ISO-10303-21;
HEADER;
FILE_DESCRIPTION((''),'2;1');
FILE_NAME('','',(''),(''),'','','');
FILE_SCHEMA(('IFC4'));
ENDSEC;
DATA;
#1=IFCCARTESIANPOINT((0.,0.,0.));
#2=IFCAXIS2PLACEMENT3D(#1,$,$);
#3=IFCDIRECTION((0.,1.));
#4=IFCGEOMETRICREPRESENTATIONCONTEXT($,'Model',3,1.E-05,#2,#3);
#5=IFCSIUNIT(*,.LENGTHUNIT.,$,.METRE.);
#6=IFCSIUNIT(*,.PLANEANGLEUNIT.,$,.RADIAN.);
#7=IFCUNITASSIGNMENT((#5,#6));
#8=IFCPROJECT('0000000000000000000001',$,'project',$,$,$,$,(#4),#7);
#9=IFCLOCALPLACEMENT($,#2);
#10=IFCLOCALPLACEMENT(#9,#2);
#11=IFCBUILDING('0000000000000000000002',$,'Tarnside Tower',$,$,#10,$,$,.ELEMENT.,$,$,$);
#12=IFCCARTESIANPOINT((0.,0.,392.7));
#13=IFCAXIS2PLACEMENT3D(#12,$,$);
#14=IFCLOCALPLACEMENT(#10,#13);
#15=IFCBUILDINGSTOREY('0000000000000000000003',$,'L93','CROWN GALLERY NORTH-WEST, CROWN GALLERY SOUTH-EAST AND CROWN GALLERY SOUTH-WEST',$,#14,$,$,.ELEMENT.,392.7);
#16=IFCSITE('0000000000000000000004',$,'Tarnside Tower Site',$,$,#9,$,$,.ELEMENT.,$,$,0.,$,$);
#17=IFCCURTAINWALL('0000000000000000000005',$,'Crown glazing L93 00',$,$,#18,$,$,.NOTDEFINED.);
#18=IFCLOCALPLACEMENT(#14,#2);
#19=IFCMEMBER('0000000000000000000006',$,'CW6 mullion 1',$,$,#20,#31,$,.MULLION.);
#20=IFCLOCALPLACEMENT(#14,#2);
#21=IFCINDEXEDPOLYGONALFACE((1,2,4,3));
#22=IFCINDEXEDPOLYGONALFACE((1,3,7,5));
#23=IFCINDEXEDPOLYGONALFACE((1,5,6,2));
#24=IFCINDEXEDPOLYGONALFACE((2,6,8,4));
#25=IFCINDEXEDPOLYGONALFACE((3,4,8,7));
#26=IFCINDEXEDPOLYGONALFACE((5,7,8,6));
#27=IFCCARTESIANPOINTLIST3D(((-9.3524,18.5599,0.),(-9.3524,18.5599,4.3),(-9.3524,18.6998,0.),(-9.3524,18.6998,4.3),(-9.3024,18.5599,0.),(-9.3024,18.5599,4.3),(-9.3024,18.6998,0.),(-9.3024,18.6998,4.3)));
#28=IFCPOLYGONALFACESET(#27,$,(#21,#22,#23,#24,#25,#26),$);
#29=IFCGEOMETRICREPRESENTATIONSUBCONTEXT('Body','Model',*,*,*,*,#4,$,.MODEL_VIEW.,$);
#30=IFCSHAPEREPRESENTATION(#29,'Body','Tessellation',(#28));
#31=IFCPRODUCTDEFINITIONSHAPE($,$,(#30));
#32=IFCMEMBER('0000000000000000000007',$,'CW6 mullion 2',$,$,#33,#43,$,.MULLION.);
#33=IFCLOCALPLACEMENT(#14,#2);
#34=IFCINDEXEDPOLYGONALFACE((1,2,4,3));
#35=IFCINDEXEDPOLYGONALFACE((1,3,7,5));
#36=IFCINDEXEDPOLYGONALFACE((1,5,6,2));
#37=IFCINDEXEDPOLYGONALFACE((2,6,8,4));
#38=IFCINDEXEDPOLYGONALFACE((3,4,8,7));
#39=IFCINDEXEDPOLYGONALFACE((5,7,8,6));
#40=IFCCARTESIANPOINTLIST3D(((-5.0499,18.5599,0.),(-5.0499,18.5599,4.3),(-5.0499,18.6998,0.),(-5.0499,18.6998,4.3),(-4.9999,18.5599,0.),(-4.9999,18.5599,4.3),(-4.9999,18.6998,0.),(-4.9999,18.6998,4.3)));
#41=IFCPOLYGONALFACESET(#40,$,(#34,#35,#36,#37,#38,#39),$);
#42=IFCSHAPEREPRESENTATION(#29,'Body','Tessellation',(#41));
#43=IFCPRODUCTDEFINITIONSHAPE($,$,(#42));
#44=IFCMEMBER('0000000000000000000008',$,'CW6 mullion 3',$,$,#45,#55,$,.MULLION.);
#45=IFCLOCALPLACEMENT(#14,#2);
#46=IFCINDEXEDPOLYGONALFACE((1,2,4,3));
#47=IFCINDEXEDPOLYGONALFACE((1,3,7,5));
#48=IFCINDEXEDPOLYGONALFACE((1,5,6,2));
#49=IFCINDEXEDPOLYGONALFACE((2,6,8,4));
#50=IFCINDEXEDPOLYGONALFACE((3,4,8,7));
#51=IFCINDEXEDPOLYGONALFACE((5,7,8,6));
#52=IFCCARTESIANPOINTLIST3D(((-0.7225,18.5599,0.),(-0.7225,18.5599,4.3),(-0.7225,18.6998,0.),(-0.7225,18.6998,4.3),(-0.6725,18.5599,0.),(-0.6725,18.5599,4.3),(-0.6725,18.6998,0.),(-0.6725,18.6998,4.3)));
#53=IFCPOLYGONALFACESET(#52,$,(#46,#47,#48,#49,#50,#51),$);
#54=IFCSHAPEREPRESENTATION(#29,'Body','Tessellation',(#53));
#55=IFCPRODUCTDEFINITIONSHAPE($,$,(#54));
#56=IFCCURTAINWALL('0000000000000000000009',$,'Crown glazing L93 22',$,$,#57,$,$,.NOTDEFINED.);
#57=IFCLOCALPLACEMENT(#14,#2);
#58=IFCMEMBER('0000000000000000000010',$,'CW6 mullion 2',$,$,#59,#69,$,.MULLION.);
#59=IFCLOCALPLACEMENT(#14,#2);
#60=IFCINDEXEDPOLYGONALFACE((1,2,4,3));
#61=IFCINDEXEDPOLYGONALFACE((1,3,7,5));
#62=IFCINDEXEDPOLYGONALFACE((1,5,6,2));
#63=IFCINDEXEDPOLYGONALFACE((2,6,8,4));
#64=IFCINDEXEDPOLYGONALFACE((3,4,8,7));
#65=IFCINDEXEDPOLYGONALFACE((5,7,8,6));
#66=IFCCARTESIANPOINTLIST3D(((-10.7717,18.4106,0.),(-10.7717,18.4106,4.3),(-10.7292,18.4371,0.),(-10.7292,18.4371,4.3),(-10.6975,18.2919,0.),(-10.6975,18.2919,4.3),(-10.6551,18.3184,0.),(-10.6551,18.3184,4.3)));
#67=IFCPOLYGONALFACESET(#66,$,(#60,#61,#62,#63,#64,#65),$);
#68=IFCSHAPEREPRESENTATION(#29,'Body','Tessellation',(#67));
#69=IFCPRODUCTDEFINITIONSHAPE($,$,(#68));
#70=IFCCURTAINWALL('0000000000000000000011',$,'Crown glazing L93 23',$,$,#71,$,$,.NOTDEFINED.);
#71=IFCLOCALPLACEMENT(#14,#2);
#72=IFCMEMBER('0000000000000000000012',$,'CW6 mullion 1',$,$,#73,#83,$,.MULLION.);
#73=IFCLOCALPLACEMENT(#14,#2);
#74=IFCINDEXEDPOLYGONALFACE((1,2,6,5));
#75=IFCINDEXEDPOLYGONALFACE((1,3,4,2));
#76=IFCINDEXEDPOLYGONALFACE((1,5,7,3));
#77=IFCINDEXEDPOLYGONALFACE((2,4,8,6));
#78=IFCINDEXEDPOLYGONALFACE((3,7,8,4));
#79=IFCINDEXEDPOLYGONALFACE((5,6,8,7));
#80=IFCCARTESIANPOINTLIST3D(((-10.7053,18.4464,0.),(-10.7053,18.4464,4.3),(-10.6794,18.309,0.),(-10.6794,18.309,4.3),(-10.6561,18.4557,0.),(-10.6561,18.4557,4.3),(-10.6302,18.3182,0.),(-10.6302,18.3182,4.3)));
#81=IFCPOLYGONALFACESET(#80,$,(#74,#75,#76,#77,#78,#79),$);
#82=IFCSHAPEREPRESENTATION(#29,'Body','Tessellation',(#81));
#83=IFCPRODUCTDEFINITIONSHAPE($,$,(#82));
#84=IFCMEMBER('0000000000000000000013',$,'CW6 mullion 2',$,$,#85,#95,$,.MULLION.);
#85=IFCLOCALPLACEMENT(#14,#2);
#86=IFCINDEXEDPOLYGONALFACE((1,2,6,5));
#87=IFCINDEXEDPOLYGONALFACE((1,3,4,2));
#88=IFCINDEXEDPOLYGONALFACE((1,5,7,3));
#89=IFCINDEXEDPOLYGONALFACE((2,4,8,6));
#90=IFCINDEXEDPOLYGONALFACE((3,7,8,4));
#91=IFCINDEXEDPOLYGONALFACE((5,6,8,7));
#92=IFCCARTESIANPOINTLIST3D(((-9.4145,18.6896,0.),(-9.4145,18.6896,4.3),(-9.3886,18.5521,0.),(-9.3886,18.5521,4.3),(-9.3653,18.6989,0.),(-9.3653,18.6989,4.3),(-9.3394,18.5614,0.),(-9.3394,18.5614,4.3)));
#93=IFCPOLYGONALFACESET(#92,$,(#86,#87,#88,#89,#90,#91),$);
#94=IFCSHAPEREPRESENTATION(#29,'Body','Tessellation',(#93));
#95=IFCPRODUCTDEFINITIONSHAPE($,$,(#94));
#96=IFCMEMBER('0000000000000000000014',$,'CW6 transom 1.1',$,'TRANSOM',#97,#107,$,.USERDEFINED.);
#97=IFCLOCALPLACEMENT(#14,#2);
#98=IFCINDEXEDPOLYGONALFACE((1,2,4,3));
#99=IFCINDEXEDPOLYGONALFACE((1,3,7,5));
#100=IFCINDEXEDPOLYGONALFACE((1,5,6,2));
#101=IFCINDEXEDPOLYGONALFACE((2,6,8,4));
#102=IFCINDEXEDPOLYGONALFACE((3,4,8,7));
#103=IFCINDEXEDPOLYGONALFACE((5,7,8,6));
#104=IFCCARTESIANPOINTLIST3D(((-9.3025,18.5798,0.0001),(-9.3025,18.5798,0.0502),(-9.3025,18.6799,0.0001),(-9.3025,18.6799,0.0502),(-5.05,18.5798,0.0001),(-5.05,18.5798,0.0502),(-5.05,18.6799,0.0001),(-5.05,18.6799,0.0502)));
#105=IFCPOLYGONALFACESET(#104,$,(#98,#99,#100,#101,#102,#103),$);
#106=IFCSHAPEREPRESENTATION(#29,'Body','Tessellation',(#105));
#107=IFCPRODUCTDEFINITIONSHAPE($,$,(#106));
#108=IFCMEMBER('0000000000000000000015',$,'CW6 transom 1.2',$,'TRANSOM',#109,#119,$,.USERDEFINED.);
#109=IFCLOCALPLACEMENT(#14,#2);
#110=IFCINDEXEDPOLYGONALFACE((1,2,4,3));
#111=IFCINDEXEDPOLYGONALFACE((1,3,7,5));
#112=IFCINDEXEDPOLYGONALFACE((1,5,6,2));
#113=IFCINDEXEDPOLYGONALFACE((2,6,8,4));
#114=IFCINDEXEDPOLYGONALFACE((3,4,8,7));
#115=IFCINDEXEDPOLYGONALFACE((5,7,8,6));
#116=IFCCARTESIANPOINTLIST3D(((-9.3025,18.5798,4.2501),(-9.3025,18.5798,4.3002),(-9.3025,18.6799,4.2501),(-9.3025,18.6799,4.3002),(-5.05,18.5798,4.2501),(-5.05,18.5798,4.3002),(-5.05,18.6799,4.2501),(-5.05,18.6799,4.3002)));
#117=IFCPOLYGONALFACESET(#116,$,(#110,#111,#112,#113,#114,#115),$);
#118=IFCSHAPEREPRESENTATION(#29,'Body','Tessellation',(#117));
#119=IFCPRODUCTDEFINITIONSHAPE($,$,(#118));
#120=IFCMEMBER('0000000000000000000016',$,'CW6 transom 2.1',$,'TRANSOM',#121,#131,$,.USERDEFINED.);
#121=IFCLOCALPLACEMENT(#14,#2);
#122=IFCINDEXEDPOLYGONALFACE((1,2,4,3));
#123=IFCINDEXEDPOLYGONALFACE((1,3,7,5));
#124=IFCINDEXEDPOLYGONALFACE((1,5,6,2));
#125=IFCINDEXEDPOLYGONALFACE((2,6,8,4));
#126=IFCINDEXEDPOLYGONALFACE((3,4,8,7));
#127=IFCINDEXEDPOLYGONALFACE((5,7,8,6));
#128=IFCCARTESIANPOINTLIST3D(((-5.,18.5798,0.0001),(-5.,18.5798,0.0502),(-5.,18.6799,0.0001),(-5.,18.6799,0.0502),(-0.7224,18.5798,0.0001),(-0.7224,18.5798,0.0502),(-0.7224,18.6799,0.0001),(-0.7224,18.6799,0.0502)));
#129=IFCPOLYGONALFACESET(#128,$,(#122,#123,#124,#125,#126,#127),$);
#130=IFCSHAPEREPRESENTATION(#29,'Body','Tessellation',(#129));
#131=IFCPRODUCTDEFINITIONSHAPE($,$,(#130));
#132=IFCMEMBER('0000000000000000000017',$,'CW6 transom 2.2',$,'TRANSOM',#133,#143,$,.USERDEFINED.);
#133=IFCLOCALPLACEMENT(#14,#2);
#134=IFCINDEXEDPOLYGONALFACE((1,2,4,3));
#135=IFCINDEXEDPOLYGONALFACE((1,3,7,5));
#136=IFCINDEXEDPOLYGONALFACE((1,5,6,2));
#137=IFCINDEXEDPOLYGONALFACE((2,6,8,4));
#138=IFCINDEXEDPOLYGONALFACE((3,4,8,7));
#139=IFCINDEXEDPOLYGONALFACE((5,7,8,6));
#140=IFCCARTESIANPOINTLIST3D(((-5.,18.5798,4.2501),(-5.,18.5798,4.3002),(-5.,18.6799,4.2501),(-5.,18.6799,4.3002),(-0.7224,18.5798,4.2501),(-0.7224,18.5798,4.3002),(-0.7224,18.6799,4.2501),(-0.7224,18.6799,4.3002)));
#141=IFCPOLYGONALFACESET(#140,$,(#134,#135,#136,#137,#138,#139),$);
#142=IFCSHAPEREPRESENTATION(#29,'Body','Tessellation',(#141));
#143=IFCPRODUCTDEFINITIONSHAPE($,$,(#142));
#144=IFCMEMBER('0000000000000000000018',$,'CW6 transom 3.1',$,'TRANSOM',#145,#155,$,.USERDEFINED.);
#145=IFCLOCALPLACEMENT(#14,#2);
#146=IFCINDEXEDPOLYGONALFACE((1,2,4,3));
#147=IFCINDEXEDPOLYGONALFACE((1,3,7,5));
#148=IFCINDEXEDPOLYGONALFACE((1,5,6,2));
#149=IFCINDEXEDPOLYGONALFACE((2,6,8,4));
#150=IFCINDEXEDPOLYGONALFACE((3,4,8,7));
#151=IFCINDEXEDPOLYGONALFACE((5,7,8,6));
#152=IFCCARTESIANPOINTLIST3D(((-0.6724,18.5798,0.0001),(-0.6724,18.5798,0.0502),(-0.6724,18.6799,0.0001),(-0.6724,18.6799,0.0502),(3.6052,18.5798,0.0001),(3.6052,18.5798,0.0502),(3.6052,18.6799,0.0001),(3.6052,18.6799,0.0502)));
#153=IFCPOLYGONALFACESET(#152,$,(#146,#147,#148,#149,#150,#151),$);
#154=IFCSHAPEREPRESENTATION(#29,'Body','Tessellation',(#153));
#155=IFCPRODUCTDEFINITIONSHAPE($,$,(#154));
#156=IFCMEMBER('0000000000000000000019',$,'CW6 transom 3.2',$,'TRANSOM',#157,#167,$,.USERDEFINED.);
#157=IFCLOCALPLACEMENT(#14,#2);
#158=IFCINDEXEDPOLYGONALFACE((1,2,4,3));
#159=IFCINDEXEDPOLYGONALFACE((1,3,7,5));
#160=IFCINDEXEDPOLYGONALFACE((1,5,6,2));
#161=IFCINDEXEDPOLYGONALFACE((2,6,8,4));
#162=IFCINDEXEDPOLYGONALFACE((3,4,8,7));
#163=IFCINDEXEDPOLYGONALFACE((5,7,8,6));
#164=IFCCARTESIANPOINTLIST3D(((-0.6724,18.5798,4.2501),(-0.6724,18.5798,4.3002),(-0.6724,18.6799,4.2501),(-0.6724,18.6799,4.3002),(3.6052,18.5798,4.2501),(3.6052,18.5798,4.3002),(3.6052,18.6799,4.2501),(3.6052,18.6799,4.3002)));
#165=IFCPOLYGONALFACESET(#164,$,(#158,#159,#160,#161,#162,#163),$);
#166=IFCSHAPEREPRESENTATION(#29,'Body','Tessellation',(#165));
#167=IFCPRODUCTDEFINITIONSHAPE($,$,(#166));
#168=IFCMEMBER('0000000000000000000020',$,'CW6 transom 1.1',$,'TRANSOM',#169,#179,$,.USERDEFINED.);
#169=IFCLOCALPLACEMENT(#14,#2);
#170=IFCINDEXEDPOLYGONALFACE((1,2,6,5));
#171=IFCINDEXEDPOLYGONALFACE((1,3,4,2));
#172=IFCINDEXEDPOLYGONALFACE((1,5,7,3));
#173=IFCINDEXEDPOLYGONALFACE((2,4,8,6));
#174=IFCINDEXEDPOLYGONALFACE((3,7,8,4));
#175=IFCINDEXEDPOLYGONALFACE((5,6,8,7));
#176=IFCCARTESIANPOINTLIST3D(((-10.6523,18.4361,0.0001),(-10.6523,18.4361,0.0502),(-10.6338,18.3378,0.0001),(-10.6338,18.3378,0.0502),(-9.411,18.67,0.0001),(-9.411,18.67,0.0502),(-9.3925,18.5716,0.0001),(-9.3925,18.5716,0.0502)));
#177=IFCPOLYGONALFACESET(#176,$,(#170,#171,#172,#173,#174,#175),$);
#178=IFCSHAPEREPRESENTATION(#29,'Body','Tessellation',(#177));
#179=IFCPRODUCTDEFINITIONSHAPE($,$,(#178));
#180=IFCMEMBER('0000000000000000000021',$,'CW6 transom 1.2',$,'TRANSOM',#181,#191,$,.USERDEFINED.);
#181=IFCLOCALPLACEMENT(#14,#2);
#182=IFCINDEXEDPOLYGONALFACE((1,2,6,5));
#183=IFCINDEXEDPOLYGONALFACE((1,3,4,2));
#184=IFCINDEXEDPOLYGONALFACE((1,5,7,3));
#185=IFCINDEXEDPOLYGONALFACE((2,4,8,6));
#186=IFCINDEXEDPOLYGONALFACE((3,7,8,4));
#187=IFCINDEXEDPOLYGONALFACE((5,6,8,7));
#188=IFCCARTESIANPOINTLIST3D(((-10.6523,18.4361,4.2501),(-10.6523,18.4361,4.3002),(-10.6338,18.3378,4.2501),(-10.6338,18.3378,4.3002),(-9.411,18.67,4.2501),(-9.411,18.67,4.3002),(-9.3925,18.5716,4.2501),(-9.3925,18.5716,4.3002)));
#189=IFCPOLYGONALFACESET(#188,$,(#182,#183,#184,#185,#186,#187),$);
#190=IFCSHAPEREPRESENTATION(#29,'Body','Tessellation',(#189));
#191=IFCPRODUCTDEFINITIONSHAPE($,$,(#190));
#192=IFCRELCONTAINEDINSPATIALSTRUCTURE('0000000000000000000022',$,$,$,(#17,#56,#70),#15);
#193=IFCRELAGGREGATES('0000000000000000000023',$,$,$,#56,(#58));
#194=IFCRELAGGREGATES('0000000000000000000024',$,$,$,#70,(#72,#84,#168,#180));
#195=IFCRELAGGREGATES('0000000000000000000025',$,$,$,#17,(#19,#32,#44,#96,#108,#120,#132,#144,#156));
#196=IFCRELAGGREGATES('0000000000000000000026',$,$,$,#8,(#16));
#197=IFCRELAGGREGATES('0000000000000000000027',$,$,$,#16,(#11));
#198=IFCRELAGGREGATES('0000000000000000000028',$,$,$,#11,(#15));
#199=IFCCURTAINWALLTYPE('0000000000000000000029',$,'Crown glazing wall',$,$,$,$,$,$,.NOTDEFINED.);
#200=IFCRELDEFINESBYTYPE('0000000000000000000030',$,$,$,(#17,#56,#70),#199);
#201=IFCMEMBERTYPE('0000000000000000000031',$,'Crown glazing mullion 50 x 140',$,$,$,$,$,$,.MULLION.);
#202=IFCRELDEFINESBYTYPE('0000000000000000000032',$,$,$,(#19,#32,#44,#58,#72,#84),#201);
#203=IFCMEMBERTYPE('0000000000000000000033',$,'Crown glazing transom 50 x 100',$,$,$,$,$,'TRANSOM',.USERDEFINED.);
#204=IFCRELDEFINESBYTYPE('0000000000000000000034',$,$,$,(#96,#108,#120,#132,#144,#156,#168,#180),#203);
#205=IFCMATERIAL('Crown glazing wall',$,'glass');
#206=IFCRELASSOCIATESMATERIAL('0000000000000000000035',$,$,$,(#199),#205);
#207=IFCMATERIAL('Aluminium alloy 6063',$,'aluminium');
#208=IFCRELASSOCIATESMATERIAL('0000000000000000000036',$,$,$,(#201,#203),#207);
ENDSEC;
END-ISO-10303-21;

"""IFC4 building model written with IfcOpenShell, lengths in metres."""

from ifc_helpers import new_model, si_unit, direction, frame, origin, origin_2d, place, context, subcontext, project, spatial, rectangle, extrude, material, material_profile, profile_set, type_object, element, aggregate, save


model = new_model("IFC4")

# Units and contexts
model_context = context("Model", 3, precision=1e-05, world=origin(), true_north=direction((0.0, 1.0)))
body_context = subcontext(model_context, "Body", "Model", "MODEL_VIEW")
ifc_project = project(units=[si_unit("LENGTHUNIT", "METRE"), si_unit("PLANEANGLEUNIT", "RADIAN")], contexts=[model_context])

# Site, building, storey
site_placement = place(None, origin())
site = spatial("IfcSite", under=ifc_project, at=site_placement, Name="Tarnside Tower Site", CompositionType="ELEMENT", RefElevation=0.0)
building_placement = place(site_placement, origin())
building = spatial("IfcBuilding", under=site, at=building_placement, Name="Tarnside Tower", CompositionType="ELEMENT")
storey_placement = place(building_placement, frame((0.0, 0.0, 392.7)))
storey = spatial("IfcBuildingStorey", under=building, at=storey_placement, Name="L93", Description="CROWN GALLERY NORTH-WEST, CROWN GALLERY SOUTH-EAST AND CROWN GALLERY SOUTH-WEST", CompositionType="ELEMENT", Elevation=392.7)

# Curtain wall, members
ifc_material_1 = material(Name="Crown glazing wall", Category="glass")
curtain_wall_type = type_object("IfcCurtainWallType", Name="Crown glazing wall", PredefinedType="NOTDEFINED", material=ifc_material_1)
curtain_wall_1_placement = place(storey_placement, origin())
curtain_wall_1 = element("IfcCurtainWall", 1, at=curtain_wall_1_placement, inside=storey, type_object=curtain_wall_type, Name="Crown glazing L93 00", PredefinedType="NOTDEFINED")
ifc_material_2 = material(Name="Aluminium alloy 6063", Category="aluminium")
ifc_material_profile_1 = material_profile(ifc_material_2, rectangle(XDim=0.1399, YDim=0.05, at=origin_2d()), Name="Crown glazing mullion 50 x 140")
ifc_profile_set_1 = profile_set([ifc_material_profile_1], Name="Aluminium alloy 6063")
member_type_1 = type_object("IfcMemberType", Name="Crown glazing mullion 50 x 140", PredefinedType="MULLION", material=ifc_profile_set_1)
member_1_placement = place(storey_placement, frame((-9.3274, 18.6299, 0.0), z_axis=(0.0, 0.0, 1.0), x_axis=(0.0, 1.0, 0.0)))
member_1 = element("IfcMember", 2, at=member_1_placement, type_object=member_type_1, Name="CW6 mullion 1", PredefinedType="MULLION", context=body_context, shape_type="SweptSolid", body=[
    extrude(rectangle(XDim=0.1399, YDim=0.05, at=origin_2d()), origin(), (0.0, 0.0, 1.0), 4.3),
])
member_2_placement = place(storey_placement, frame((-5.0249, 18.6299, 0.0), z_axis=(0.0, 0.0, 1.0), x_axis=(0.0, 1.0, 0.0)))
member_2 = element("IfcMember", 3, at=member_2_placement, type_object=member_type_1, Name="CW6 mullion 2", PredefinedType="MULLION", context=body_context, shape_type="SweptSolid", body=[
    extrude(rectangle(XDim=0.1399, YDim=0.05, at=origin_2d()), origin(), (0.0, 0.0, 1.0), 4.3),
])
member_3_placement = place(storey_placement, frame((-0.6975, 18.6299, 0.0), z_axis=(0.0, 0.0, 1.0), x_axis=(0.0, 1.0, 0.0)))
member_3 = element("IfcMember", 4, at=member_3_placement, type_object=member_type_1, Name="CW6 mullion 3", PredefinedType="MULLION", context=body_context, shape_type="SweptSolid", body=[
    extrude(rectangle(XDim=0.1399, YDim=0.05, at=origin_2d()), origin(), (0.0, 0.0, 1.0), 4.3),
])

# Curtain wall, member
curtain_wall_2_placement = place(storey_placement, origin())
curtain_wall_2 = element("IfcCurtainWall", 5, at=curtain_wall_2_placement, inside=storey, type_object=curtain_wall_type, Name="Crown glazing L93 22", PredefinedType="NOTDEFINED")
member_4_placement = place(storey_placement, frame((-10.7134, 18.3645, 0.0), z_axis=(0.0, 0.0, 1.0), x_axis=(-0.529919, 0.848048, 0.0)))
member_4 = element("IfcMember", 6, at=member_4_placement, type_object=member_type_1, Name="CW6 mullion 2", PredefinedType="MULLION", context=body_context, shape_type="SweptSolid", body=[
    extrude(rectangle(XDim=0.1399, YDim=0.05, at=origin_2d()), origin(), (0.0, 0.0, 1.0), 4.3),
])
aggregate(curtain_wall_2, [member_4])

# Curtain wall, members
curtain_wall_3_placement = place(storey_placement, origin())
curtain_wall_3 = element("IfcCurtainWall", 7, at=curtain_wall_3_placement, inside=storey, type_object=curtain_wall_type, Name="Crown glazing L93 23", PredefinedType="NOTDEFINED")
member_5_placement = place(storey_placement, frame((-10.6677, 18.3823, 0.0), z_axis=(0.0, 0.0, 1.0), x_axis=(-0.185095, 0.982721, 0.0)))
member_5 = element("IfcMember", 8, at=member_5_placement, type_object=member_type_1, Name="CW6 mullion 1", PredefinedType="MULLION", context=body_context, shape_type="SweptSolid", body=[
    extrude(rectangle(XDim=0.1399, YDim=0.05, at=origin_2d()), origin(), (0.0, 0.0, 1.0), 4.3),
])
member_6_placement = place(storey_placement, frame((-9.377, 18.6255, 0.0), z_axis=(0.0, 0.0, 1.0), x_axis=(-0.185095, 0.982721, 0.0)))
member_6 = element("IfcMember", 9, at=member_6_placement, type_object=member_type_1, Name="CW6 mullion 2", PredefinedType="MULLION", context=body_context, shape_type="SweptSolid", body=[
    extrude(rectangle(XDim=0.1399, YDim=0.05, at=origin_2d()), origin(), (0.0, 0.0, 1.0), 4.3),
])

# Members
ifc_material_profile_2 = material_profile(ifc_material_2, rectangle(XDim=0.1001, YDim=0.05, at=origin_2d()), Name="Crown glazing transom 50 x 100")
ifc_profile_set_2 = profile_set([ifc_material_profile_2], Name="Aluminium alloy 6063")
member_type_2 = type_object("IfcMemberType", Name="Crown glazing transom 50 x 100", ElementType="TRANSOM", PredefinedType="USERDEFINED", material=ifc_profile_set_2)
member_7_placement = place(storey_placement, frame((-9.3025, 18.6299, 0.0251), z_axis=(1.0, 0.0, 0.0), x_axis=(0.0, 1.0, 0.0)))
member_7 = element("IfcMember", 10, at=member_7_placement, type_object=member_type_2, Name="CW6 transom 1.1", ObjectType="TRANSOM", PredefinedType="USERDEFINED", context=body_context, shape_type="SweptSolid", body=[
    extrude(rectangle(XDim=0.1001, YDim=0.05, at=origin_2d()), origin(), (0.0, 0.0, 1.0), 4.2524),
])
member_8_placement = place(storey_placement, frame((-9.3025, 18.6299, 4.2751), z_axis=(1.0, 0.0, 0.0), x_axis=(0.0, 1.0, 0.0)))
member_8 = element("IfcMember", 11, at=member_8_placement, type_object=member_type_2, Name="CW6 transom 1.2", ObjectType="TRANSOM", PredefinedType="USERDEFINED", context=body_context, shape_type="SweptSolid", body=[
    extrude(rectangle(XDim=0.1001, YDim=0.05, at=origin_2d()), origin(), (0.0, 0.0, 1.0), 4.2524),
])
member_9_placement = place(storey_placement, frame((-5.0, 18.6299, 0.0251), z_axis=(1.0, 0.0, 0.0), x_axis=(0.0, 1.0, 0.0)))
member_9 = element("IfcMember", 12, at=member_9_placement, type_object=member_type_2, Name="CW6 transom 2.1", ObjectType="TRANSOM", PredefinedType="USERDEFINED", context=body_context, shape_type="SweptSolid", body=[
    extrude(rectangle(XDim=0.1001, YDim=0.05, at=origin_2d()), origin(), (0.0, 0.0, 1.0), 4.2776),
])
member_10_placement = place(storey_placement, frame((-5.0, 18.6299, 4.2751), z_axis=(1.0, 0.0, 0.0), x_axis=(0.0, 1.0, 0.0)))
member_10 = element("IfcMember", 13, at=member_10_placement, type_object=member_type_2, Name="CW6 transom 2.2", ObjectType="TRANSOM", PredefinedType="USERDEFINED", context=body_context, shape_type="SweptSolid", body=[
    extrude(rectangle(XDim=0.1001, YDim=0.05, at=origin_2d()), origin(), (0.0, 0.0, 1.0), 4.2776),
])
member_11_placement = place(storey_placement, frame((-0.6724, 18.6299, 0.0251), z_axis=(1.0, 0.0, 0.0), x_axis=(0.0, 1.0, 0.0)))
member_11 = element("IfcMember", 14, at=member_11_placement, type_object=member_type_2, Name="CW6 transom 3.1", ObjectType="TRANSOM", PredefinedType="USERDEFINED", context=body_context, shape_type="SweptSolid", body=[
    extrude(rectangle(XDim=0.1001, YDim=0.05, at=origin_2d()), origin(), (0.0, 0.0, 1.0), 4.2776),
])
member_12_placement = place(storey_placement, frame((-0.6724, 18.6299, 4.2751), z_axis=(1.0, 0.0, 0.0), x_axis=(0.0, 1.0, 0.0)))
member_12 = element("IfcMember", 15, at=member_12_placement, type_object=member_type_2, Name="CW6 transom 3.2", ObjectType="TRANSOM", PredefinedType="USERDEFINED", context=body_context, shape_type="SweptSolid", body=[
    extrude(rectangle(XDim=0.1001, YDim=0.05, at=origin_2d()), origin(), (0.0, 0.0, 1.0), 4.2776),
])
member_13_placement = place(storey_placement, frame((-10.6431, 18.387, 0.0251), z_axis=(0.982712, 0.18514, 0.0), x_axis=(-0.18514, 0.982712, 0.0)))
member_13 = element("IfcMember", 16, at=member_13_placement, type_object=member_type_2, Name="CW6 transom 1.1", ObjectType="TRANSOM", PredefinedType="USERDEFINED", context=body_context, shape_type="SweptSolid", body=[
    extrude(rectangle(XDim=0.1001, YDim=0.05, at=origin_2d()), origin(), (0.0, 0.0, 1.0), 1.2632),
])
member_14_placement = place(storey_placement, frame((-10.6431, 18.387, 4.2751), z_axis=(0.982712, 0.18514, 0.0), x_axis=(-0.18514, 0.982712, 0.0)))
member_14 = element("IfcMember", 17, at=member_14_placement, type_object=member_type_2, Name="CW6 transom 1.2", ObjectType="TRANSOM", PredefinedType="USERDEFINED", context=body_context, shape_type="SweptSolid", body=[
    extrude(rectangle(XDim=0.1001, YDim=0.05, at=origin_2d()), origin(), (0.0, 0.0, 1.0), 1.2632),
])

aggregate(curtain_wall_3, [member_5, member_6, member_13, member_14])
aggregate(curtain_wall_1, [member_1, member_2, member_3, member_7, member_8, member_9, member_10, member_11, member_12])

save(model, "model.ifc")
